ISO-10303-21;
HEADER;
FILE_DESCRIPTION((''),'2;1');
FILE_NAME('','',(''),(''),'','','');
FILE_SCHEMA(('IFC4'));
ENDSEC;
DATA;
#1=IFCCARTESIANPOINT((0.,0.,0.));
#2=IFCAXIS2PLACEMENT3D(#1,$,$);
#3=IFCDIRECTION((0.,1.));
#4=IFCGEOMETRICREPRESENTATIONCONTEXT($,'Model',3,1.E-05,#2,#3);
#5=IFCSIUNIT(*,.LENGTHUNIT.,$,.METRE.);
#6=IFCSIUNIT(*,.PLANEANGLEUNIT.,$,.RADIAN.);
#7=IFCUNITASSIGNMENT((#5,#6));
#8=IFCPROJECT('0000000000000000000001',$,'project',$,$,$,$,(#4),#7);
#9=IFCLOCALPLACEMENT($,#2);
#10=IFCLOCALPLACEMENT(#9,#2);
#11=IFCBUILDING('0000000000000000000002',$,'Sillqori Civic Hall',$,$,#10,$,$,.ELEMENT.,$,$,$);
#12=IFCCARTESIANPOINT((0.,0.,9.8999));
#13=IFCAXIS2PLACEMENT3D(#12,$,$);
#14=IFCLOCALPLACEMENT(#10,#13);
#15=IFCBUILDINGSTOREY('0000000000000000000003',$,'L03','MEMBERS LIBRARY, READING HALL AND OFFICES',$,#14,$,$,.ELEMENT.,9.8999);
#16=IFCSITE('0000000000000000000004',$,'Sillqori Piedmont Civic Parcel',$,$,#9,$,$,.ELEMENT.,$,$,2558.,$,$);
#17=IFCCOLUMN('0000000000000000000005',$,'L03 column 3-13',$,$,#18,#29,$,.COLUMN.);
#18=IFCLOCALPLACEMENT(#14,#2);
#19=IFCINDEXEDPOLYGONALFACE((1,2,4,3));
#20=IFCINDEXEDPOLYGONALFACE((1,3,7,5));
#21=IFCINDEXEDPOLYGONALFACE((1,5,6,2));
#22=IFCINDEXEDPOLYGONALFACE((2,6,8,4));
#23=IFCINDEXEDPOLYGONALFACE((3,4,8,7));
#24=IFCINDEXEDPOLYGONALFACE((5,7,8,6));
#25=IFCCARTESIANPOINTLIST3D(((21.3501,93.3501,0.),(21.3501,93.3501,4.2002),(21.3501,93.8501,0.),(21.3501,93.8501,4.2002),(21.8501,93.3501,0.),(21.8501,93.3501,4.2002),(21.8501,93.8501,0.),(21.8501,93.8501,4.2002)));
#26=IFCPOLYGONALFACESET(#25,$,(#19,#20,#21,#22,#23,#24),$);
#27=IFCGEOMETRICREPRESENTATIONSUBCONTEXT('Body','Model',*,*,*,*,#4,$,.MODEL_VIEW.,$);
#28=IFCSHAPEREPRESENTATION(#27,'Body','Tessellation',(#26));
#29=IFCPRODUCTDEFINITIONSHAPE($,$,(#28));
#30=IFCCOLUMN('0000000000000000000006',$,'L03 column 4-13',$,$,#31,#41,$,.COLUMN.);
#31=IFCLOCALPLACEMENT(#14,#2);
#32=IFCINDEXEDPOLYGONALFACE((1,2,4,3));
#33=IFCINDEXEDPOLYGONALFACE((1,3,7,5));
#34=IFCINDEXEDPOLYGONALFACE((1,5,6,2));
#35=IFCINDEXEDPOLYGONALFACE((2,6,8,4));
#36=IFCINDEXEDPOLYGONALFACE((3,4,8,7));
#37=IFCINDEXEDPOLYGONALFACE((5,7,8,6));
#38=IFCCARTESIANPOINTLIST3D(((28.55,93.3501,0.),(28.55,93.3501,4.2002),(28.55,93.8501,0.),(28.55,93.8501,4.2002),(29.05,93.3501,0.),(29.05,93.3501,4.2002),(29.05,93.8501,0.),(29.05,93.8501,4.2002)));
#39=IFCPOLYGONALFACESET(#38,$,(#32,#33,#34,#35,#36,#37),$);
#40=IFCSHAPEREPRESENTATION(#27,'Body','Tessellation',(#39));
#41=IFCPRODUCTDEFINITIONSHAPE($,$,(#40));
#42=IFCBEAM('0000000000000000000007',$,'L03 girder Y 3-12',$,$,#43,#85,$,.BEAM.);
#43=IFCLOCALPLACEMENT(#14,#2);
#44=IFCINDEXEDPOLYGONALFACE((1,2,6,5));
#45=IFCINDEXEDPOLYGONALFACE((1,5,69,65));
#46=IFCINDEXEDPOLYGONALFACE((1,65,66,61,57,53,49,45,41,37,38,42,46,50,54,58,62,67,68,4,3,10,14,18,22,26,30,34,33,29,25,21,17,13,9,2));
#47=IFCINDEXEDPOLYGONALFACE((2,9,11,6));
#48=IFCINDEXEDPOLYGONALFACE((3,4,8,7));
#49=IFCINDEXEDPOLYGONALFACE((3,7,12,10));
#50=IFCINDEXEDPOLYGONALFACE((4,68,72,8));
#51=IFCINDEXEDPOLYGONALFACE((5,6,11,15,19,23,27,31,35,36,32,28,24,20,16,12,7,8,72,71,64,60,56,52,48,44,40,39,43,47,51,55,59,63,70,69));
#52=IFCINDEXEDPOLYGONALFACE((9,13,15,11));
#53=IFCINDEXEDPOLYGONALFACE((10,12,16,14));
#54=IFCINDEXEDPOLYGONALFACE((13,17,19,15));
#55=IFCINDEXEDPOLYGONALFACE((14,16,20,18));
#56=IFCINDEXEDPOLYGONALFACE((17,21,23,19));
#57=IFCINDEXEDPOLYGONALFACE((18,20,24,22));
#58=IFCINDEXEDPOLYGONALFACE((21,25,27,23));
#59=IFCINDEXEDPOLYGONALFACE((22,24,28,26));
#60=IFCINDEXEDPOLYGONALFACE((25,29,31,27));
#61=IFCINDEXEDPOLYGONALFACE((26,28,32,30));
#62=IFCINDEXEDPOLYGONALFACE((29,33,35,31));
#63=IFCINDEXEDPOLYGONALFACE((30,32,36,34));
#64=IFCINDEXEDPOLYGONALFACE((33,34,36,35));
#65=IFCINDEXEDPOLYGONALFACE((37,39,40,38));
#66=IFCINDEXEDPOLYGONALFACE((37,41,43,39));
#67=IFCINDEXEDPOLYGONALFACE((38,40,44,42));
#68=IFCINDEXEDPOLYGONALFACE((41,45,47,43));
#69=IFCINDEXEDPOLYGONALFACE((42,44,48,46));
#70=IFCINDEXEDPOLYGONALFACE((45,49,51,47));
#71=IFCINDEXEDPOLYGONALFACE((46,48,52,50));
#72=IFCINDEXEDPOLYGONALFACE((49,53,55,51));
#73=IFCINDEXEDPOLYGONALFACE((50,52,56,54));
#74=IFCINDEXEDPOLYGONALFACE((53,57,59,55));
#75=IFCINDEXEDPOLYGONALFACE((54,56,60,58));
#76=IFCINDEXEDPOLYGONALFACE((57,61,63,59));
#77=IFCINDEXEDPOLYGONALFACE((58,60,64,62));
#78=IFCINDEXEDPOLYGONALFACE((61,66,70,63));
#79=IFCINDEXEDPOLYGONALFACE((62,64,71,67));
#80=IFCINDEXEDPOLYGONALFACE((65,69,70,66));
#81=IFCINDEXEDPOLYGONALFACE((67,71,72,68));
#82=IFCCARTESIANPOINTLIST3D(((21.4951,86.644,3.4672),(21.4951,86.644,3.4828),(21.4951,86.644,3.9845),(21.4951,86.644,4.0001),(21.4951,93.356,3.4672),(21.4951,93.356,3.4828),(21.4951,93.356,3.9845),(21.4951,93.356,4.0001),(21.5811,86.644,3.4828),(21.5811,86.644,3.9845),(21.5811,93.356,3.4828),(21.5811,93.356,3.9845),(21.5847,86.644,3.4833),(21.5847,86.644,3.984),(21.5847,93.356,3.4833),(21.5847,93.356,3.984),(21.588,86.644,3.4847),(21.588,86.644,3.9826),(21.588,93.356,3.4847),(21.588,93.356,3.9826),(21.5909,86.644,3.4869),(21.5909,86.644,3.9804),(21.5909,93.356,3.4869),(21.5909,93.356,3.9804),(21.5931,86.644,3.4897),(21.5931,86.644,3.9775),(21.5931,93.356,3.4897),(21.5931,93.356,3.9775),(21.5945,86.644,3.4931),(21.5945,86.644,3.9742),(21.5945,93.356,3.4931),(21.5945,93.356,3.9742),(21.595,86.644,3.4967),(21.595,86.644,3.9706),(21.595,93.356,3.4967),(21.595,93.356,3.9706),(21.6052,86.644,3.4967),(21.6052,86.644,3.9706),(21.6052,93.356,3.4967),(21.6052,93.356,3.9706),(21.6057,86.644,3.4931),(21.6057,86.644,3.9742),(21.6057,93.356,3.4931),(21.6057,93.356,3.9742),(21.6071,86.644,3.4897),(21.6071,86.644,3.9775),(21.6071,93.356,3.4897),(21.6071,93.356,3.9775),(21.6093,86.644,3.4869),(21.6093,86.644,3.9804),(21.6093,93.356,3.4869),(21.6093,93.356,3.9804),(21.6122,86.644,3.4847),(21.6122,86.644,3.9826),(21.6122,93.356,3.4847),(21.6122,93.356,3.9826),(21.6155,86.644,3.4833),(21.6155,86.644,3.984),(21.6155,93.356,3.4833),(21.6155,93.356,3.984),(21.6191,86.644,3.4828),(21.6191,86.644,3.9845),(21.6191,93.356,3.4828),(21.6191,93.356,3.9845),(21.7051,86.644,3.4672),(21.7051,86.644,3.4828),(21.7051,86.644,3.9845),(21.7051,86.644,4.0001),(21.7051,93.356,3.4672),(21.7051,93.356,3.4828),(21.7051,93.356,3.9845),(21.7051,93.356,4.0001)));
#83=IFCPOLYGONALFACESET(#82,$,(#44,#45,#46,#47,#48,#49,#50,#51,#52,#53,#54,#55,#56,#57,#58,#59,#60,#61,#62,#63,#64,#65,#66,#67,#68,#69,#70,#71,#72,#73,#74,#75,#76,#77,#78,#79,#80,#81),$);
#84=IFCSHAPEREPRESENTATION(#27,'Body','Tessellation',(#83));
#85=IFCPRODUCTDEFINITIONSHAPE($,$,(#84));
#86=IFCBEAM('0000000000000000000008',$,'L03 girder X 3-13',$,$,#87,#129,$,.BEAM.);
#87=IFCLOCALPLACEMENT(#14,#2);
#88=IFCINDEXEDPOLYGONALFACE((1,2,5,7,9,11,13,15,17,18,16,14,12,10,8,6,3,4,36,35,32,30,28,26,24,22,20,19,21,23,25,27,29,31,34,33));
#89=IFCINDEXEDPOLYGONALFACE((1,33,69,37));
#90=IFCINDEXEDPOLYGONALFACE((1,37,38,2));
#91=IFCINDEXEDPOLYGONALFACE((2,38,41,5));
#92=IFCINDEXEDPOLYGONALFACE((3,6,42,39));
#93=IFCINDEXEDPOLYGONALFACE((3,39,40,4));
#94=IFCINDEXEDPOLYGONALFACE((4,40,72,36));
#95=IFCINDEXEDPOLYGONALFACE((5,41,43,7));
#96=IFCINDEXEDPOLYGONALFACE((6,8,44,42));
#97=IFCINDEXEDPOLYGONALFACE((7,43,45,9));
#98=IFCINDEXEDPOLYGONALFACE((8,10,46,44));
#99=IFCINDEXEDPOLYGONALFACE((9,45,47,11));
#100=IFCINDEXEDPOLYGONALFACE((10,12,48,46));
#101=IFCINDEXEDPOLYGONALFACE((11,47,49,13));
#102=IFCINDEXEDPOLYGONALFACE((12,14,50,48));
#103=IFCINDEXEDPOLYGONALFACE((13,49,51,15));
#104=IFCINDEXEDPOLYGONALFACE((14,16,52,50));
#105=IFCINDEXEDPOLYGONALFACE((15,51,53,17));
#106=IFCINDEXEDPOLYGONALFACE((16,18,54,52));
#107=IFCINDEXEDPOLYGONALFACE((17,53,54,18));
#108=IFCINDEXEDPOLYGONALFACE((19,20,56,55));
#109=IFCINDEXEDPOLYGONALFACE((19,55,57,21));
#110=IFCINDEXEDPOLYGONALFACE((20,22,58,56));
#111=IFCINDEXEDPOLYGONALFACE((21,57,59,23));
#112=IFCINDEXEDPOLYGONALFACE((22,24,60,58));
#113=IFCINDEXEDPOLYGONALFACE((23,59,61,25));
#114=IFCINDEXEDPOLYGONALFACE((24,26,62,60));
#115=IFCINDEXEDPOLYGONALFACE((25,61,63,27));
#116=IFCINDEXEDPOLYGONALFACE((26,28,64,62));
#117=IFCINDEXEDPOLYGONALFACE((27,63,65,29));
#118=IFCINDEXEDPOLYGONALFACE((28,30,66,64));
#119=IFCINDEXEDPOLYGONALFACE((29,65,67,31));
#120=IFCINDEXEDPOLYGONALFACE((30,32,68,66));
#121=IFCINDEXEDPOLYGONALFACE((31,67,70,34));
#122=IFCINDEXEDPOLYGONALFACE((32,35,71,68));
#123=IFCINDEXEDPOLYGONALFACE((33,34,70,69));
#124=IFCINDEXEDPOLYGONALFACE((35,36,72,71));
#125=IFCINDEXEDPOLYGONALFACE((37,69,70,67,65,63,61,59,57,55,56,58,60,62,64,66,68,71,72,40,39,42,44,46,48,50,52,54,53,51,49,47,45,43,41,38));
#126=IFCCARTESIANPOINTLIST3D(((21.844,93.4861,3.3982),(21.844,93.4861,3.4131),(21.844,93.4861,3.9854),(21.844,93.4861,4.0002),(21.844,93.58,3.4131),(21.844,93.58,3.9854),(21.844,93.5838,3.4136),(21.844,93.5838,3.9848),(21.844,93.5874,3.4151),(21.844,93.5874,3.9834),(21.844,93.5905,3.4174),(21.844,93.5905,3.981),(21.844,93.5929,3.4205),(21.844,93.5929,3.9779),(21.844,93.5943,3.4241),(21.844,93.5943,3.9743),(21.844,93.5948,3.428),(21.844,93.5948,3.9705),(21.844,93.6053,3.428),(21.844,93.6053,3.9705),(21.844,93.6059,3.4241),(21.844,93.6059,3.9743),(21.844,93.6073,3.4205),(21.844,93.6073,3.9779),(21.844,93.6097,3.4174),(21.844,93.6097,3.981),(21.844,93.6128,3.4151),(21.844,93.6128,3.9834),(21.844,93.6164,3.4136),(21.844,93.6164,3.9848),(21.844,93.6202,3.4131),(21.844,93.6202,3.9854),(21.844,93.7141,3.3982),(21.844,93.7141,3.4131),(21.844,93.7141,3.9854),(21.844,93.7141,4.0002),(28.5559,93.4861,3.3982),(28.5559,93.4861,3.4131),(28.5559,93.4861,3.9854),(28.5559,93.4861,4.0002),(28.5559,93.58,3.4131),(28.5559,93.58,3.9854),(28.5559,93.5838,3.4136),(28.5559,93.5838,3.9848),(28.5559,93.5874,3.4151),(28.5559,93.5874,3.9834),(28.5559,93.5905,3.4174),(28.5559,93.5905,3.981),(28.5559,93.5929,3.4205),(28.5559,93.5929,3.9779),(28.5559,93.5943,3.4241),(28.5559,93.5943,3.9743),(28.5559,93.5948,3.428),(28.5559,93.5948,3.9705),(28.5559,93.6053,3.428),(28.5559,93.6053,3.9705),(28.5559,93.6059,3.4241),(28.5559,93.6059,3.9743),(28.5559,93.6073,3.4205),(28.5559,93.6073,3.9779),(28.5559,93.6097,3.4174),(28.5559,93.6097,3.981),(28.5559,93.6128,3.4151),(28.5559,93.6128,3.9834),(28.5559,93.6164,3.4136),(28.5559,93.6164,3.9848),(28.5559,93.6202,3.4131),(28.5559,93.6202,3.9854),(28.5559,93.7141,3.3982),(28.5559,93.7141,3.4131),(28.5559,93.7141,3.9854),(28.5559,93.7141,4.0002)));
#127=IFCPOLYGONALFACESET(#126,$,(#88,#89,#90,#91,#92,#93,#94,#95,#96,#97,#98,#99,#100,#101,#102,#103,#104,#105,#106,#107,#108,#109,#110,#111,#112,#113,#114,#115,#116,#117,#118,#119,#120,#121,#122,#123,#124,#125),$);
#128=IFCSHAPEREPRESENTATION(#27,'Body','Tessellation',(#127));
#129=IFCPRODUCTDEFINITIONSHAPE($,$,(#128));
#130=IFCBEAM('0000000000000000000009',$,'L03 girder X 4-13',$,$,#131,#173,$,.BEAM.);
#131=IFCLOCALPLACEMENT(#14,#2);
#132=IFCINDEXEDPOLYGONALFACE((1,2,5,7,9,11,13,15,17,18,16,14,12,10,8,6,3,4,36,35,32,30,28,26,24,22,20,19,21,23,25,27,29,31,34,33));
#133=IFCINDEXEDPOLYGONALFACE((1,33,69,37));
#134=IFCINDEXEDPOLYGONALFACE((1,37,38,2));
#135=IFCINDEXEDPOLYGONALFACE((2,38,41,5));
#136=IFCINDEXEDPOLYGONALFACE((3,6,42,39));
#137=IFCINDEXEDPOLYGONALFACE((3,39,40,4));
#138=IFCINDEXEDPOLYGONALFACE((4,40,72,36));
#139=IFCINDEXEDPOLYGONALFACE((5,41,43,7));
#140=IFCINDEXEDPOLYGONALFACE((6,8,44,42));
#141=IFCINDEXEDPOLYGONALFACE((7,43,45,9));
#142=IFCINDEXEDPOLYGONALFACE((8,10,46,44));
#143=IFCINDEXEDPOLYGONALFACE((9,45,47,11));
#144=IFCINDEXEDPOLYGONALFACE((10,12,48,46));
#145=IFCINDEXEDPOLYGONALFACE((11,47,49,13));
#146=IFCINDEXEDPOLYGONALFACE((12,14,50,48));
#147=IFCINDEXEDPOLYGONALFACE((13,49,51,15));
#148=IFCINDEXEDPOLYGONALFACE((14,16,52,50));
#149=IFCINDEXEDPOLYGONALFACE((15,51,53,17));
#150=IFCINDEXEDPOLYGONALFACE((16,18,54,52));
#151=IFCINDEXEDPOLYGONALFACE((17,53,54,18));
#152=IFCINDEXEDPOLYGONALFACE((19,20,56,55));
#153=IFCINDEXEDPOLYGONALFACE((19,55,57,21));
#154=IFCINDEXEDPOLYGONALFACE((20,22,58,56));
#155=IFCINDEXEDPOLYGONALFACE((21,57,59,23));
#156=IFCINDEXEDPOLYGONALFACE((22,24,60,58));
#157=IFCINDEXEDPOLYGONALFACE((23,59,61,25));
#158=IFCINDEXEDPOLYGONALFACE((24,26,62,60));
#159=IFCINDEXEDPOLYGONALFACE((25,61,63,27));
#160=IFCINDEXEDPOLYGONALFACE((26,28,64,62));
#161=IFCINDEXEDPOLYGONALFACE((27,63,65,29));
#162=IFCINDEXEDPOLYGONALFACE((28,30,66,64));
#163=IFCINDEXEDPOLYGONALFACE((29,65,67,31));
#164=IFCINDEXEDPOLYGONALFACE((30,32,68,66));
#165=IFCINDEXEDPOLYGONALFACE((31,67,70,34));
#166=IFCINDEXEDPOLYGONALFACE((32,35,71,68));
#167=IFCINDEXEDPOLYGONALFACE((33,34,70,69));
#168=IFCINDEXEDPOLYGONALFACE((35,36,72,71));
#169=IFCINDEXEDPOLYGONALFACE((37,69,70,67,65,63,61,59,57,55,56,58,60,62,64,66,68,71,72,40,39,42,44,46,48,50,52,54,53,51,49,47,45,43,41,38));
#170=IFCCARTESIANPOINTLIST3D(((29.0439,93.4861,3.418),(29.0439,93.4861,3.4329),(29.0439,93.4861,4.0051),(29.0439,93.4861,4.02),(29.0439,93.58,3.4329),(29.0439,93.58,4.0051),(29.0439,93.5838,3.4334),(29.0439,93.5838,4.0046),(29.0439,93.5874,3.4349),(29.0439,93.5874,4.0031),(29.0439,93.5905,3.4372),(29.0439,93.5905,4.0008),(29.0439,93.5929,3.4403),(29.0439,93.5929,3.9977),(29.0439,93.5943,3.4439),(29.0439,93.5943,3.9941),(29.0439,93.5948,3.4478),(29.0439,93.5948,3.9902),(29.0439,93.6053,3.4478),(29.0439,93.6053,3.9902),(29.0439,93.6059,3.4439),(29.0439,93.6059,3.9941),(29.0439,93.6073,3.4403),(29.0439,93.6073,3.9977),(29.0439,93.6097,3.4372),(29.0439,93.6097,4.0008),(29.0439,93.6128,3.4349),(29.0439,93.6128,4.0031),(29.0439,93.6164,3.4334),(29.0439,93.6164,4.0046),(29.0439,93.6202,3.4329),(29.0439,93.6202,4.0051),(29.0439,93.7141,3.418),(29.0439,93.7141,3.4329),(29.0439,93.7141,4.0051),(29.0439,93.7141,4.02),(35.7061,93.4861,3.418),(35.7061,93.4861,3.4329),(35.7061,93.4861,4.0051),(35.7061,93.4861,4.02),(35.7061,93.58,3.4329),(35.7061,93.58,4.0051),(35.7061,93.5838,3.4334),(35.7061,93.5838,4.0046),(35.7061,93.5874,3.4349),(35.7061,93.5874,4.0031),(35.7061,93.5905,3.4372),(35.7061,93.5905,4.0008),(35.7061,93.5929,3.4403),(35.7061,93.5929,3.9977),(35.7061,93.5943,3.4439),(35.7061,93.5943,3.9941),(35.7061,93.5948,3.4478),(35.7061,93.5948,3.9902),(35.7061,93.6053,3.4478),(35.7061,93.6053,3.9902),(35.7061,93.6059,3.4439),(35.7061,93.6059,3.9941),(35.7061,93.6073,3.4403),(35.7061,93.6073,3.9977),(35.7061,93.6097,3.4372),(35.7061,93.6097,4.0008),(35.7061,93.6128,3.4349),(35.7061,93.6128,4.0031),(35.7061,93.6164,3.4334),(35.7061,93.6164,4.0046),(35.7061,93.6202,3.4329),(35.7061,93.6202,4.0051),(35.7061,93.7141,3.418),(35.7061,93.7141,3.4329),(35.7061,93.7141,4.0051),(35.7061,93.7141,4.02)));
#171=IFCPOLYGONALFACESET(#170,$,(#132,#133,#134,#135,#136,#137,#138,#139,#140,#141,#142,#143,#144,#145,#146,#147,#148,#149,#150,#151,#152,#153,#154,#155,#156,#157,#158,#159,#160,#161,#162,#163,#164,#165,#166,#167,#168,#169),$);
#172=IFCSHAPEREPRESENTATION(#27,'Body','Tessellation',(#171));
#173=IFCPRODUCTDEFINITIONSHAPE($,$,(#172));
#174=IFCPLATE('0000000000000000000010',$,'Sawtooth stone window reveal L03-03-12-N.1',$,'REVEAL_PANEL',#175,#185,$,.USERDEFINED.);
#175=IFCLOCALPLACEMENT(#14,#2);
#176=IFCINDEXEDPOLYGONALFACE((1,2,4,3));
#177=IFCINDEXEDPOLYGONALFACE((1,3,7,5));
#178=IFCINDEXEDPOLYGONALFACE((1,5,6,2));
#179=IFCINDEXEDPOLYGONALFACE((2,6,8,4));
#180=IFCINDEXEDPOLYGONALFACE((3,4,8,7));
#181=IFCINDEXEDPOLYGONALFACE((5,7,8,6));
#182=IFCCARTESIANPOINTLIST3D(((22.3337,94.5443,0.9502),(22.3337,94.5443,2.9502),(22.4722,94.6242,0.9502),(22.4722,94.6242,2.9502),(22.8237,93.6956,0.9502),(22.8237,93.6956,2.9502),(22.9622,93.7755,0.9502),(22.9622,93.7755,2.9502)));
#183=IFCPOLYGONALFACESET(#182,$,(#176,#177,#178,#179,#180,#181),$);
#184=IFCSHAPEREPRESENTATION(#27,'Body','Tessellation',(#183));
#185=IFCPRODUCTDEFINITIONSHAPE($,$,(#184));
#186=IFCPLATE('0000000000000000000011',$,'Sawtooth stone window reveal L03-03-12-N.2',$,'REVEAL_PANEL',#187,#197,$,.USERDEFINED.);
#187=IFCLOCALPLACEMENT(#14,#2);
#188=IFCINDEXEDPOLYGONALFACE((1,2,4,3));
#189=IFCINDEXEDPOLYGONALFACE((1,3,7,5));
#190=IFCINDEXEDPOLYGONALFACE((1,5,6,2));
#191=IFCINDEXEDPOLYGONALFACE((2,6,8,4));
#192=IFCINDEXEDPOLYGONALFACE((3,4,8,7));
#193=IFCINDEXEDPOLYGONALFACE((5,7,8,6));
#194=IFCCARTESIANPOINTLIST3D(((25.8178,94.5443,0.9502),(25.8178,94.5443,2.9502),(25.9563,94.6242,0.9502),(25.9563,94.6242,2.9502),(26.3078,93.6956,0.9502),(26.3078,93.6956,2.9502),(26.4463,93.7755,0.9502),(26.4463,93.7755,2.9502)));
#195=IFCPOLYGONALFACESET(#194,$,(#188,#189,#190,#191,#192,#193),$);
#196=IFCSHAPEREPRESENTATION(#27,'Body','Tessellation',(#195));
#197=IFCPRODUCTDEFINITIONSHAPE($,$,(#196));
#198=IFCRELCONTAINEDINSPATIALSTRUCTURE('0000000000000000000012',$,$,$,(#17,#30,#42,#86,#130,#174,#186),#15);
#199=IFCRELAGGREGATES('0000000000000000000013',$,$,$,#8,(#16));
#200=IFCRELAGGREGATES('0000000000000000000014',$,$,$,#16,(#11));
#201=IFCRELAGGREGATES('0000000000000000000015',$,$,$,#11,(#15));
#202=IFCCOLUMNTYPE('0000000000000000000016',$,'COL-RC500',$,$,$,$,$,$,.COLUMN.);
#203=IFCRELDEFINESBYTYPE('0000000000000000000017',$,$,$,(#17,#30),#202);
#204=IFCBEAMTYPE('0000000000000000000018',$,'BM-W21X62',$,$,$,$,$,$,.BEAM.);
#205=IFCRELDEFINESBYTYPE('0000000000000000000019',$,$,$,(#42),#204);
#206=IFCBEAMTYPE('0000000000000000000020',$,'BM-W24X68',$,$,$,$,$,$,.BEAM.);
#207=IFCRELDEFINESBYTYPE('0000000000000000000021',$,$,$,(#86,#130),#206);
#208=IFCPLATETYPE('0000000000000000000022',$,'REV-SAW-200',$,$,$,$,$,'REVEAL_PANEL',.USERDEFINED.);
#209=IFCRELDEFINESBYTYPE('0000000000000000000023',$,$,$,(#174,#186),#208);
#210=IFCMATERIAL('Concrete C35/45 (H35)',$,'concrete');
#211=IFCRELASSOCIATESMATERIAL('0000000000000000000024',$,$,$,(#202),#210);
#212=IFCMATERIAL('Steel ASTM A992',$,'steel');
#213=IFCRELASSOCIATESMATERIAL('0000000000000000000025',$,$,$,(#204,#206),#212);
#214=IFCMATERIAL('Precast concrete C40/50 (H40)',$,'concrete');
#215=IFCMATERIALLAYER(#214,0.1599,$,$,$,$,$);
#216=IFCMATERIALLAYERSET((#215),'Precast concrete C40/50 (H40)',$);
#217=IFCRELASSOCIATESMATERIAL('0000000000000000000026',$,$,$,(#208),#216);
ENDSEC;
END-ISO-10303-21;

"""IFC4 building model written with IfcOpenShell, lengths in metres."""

from ifc_helpers import new_model, si_unit, direction, frame, origin, origin_2d, place, context, subcontext, project, spatial, rectangle, i_section, extrude, material, layer, layer_set, material_profile, profile_set, type_object, element, save


model = new_model("IFC4")

# Units and contexts
model_context = context("Model", 3, precision=1e-05, world=origin(), true_north=direction((0.0, 1.0)))
body_context = subcontext(model_context, "Body", "Model", "MODEL_VIEW")
ifc_project = project(units=[si_unit("LENGTHUNIT", "METRE"), si_unit("PLANEANGLEUNIT", "RADIAN")], contexts=[model_context])

# Site, building, storey
site_placement = place(None, origin())
site = spatial("IfcSite", under=ifc_project, at=site_placement, Name="Sillqori Piedmont Civic Parcel", CompositionType="ELEMENT", RefElevation=2558.0)
building_placement = place(site_placement, origin())
building = spatial("IfcBuilding", under=site, at=building_placement, Name="Sillqori Civic Hall", CompositionType="ELEMENT")
storey_placement = place(building_placement, frame((0.0, 0.0, 9.8999)))
storey = spatial("IfcBuildingStorey", under=building, at=storey_placement, Name="L03", Description="MEMBERS LIBRARY, READING HALL AND OFFICES", CompositionType="ELEMENT", Elevation=9.8999)

# Columns
ifc_material_1 = material(Name="Concrete C35/45 (H35)", Category="concrete")
ifc_material_profile_1 = material_profile(ifc_material_1, rectangle(XDim=0.5, YDim=0.5, at=origin_2d()), Name="RC 500x500")
ifc_profile_set_1 = profile_set([ifc_material_profile_1], Name="Concrete C35/45 (H35)")
column_type = type_object("IfcColumnType", Name="COL-RC500", PredefinedType="COLUMN", material=ifc_profile_set_1)
for number, where, z_axis, x_axis, name in (
    (1, (21.6001, 93.6001, 0.0), (0.0, 0.0, 1.0), (1.0, 0.0, 0.0), "L03 column 3-13"),
    (2, (28.8, 93.6001, 0.0), (0.0, 0.0, 1.0), (1.0, 0.0, 0.0), "L03 column 4-13"),
):
    element("IfcColumn", number, at=place(storey_placement, frame(where, z_axis=z_axis, x_axis=x_axis)), inside=storey, type_object=column_type, Name=name, PredefinedType="COLUMN", context=body_context, shape_type="SweptSolid", body=[
        extrude(rectangle(XDim=0.5, YDim=0.5, at=origin_2d()), origin(), (0.0, 0.0, 1.0), 4.2002),
    ])

# Beams
ifc_material_2 = material(Name="Steel ASTM A992", Category="steel")
ifc_material_profile_2 = material_profile(ifc_material_2, i_section(OverallWidth=0.21, OverallDepth=0.533, WebThickness=0.0103, FlangeThickness=0.0156, FilletRadius=0.0139, at=origin_2d()), Name="W21X62")
ifc_profile_set_2 = profile_set([ifc_material_profile_2], Name="Steel ASTM A992")
beam_type_1 = type_object("IfcBeamType", Name="BM-W21X62", PredefinedType="BEAM", material=ifc_profile_set_2)
beam_1_placement = place(storey_placement, frame((21.6001, 86.644, 3.7336), z_axis=(0.0, 1.0, 0.0), x_axis=(-1.0, 0.0, 0.0)))
element("IfcBeam", 3, at=beam_1_placement, inside=storey, type_object=beam_type_1, Name="L03 girder Y 3-12", PredefinedType="BEAM", context=body_context, shape_type="SweptSolid", body=[
    extrude(i_section(OverallWidth=0.21, OverallDepth=0.533, WebThickness=0.0103, FlangeThickness=0.0156, FilletRadius=0.0139, at=origin_2d()), origin(), (0.0, 0.0, 1.0), 6.7119),
])
ifc_material_profile_3 = material_profile(ifc_material_2, i_section(OverallWidth=0.228, OverallDepth=0.6021, WebThickness=0.0105, FlangeThickness=0.0149, FilletRadius=0.0149, at=origin_2d()), Name="W24X68")
ifc_profile_set_3 = profile_set([ifc_material_profile_3], Name="Steel ASTM A992")
beam_type_2 = type_object("IfcBeamType", Name="BM-W24X68", PredefinedType="BEAM", material=ifc_profile_set_3)
beam_2_placement = place(storey_placement, frame((21.844, 93.6001, 3.6992), z_axis=(1.0, 0.0, 0.0), x_axis=(0.0, 1.0, 0.0)))
element("IfcBeam", 4, at=beam_2_placement, inside=storey, type_object=beam_type_2, Name="L03 girder X 3-13", PredefinedType="BEAM", context=body_context, shape_type="SweptSolid", body=[
    extrude(i_section(OverallWidth=0.228, OverallDepth=0.6021, WebThickness=0.0105, FlangeThickness=0.0149, FilletRadius=0.0149, at=origin_2d()), origin(), (0.0, 0.0, 1.0), 6.7119),
])
beam_3_placement = place(storey_placement, frame((29.0439, 93.6001, 3.719), z_axis=(1.0, 0.0, 0.0), x_axis=(0.0, 1.0, 0.0)))
element("IfcBeam", 5, at=beam_3_placement, inside=storey, type_object=beam_type_2, Name="L03 girder X 4-13", PredefinedType="BEAM", context=body_context, shape_type="SweptSolid", body=[
    extrude(i_section(OverallWidth=0.228, OverallDepth=0.6021, WebThickness=0.0105, FlangeThickness=0.0149, FilletRadius=0.0149, at=origin_2d()), origin(), (0.0, 0.0, 1.0), 6.6621),
])

# Plates
ifc_material_3 = material(Name="Precast concrete C40/50 (H40)", Category="concrete")
ifc_layer_1 = layer(ifc_material_3, 0.1599)
ifc_layer_set_1 = layer_set([ifc_layer_1], Name="Precast concrete C40/50 (H40)")
plate_type = type_object("IfcPlateType", Name="REV-SAW-200", ElementType="REVEAL_PANEL", PredefinedType="USERDEFINED", material=ifc_layer_set_1)
for number, where, z_axis, x_axis, name in (
    (6, (22.6479, 94.1599, 0.9502), (0.0, 0.0, 1.0), (0.866025, 0.5, 0.0), "Sawtooth stone window reveal L03-03-12-N.1"),
    (7, (26.1321, 94.1599, 0.9502), (0.0, 0.0, 1.0), (0.866025, 0.5, 0.0), "Sawtooth stone window reveal L03-03-12-N.2"),
):
    element("IfcPlate", number, at=place(storey_placement, frame(where, z_axis=z_axis, x_axis=x_axis)), inside=storey, type_object=plate_type, Name=name, ObjectType="REVEAL_PANEL", PredefinedType="USERDEFINED", context=body_context, shape_type="SweptSolid", body=[
        extrude(rectangle(XDim=0.1599, YDim=0.98, at=origin_2d()), origin(), (0.0, 0.0, 1.0), 2.0),
    ])

save(model, "model.ifc")
